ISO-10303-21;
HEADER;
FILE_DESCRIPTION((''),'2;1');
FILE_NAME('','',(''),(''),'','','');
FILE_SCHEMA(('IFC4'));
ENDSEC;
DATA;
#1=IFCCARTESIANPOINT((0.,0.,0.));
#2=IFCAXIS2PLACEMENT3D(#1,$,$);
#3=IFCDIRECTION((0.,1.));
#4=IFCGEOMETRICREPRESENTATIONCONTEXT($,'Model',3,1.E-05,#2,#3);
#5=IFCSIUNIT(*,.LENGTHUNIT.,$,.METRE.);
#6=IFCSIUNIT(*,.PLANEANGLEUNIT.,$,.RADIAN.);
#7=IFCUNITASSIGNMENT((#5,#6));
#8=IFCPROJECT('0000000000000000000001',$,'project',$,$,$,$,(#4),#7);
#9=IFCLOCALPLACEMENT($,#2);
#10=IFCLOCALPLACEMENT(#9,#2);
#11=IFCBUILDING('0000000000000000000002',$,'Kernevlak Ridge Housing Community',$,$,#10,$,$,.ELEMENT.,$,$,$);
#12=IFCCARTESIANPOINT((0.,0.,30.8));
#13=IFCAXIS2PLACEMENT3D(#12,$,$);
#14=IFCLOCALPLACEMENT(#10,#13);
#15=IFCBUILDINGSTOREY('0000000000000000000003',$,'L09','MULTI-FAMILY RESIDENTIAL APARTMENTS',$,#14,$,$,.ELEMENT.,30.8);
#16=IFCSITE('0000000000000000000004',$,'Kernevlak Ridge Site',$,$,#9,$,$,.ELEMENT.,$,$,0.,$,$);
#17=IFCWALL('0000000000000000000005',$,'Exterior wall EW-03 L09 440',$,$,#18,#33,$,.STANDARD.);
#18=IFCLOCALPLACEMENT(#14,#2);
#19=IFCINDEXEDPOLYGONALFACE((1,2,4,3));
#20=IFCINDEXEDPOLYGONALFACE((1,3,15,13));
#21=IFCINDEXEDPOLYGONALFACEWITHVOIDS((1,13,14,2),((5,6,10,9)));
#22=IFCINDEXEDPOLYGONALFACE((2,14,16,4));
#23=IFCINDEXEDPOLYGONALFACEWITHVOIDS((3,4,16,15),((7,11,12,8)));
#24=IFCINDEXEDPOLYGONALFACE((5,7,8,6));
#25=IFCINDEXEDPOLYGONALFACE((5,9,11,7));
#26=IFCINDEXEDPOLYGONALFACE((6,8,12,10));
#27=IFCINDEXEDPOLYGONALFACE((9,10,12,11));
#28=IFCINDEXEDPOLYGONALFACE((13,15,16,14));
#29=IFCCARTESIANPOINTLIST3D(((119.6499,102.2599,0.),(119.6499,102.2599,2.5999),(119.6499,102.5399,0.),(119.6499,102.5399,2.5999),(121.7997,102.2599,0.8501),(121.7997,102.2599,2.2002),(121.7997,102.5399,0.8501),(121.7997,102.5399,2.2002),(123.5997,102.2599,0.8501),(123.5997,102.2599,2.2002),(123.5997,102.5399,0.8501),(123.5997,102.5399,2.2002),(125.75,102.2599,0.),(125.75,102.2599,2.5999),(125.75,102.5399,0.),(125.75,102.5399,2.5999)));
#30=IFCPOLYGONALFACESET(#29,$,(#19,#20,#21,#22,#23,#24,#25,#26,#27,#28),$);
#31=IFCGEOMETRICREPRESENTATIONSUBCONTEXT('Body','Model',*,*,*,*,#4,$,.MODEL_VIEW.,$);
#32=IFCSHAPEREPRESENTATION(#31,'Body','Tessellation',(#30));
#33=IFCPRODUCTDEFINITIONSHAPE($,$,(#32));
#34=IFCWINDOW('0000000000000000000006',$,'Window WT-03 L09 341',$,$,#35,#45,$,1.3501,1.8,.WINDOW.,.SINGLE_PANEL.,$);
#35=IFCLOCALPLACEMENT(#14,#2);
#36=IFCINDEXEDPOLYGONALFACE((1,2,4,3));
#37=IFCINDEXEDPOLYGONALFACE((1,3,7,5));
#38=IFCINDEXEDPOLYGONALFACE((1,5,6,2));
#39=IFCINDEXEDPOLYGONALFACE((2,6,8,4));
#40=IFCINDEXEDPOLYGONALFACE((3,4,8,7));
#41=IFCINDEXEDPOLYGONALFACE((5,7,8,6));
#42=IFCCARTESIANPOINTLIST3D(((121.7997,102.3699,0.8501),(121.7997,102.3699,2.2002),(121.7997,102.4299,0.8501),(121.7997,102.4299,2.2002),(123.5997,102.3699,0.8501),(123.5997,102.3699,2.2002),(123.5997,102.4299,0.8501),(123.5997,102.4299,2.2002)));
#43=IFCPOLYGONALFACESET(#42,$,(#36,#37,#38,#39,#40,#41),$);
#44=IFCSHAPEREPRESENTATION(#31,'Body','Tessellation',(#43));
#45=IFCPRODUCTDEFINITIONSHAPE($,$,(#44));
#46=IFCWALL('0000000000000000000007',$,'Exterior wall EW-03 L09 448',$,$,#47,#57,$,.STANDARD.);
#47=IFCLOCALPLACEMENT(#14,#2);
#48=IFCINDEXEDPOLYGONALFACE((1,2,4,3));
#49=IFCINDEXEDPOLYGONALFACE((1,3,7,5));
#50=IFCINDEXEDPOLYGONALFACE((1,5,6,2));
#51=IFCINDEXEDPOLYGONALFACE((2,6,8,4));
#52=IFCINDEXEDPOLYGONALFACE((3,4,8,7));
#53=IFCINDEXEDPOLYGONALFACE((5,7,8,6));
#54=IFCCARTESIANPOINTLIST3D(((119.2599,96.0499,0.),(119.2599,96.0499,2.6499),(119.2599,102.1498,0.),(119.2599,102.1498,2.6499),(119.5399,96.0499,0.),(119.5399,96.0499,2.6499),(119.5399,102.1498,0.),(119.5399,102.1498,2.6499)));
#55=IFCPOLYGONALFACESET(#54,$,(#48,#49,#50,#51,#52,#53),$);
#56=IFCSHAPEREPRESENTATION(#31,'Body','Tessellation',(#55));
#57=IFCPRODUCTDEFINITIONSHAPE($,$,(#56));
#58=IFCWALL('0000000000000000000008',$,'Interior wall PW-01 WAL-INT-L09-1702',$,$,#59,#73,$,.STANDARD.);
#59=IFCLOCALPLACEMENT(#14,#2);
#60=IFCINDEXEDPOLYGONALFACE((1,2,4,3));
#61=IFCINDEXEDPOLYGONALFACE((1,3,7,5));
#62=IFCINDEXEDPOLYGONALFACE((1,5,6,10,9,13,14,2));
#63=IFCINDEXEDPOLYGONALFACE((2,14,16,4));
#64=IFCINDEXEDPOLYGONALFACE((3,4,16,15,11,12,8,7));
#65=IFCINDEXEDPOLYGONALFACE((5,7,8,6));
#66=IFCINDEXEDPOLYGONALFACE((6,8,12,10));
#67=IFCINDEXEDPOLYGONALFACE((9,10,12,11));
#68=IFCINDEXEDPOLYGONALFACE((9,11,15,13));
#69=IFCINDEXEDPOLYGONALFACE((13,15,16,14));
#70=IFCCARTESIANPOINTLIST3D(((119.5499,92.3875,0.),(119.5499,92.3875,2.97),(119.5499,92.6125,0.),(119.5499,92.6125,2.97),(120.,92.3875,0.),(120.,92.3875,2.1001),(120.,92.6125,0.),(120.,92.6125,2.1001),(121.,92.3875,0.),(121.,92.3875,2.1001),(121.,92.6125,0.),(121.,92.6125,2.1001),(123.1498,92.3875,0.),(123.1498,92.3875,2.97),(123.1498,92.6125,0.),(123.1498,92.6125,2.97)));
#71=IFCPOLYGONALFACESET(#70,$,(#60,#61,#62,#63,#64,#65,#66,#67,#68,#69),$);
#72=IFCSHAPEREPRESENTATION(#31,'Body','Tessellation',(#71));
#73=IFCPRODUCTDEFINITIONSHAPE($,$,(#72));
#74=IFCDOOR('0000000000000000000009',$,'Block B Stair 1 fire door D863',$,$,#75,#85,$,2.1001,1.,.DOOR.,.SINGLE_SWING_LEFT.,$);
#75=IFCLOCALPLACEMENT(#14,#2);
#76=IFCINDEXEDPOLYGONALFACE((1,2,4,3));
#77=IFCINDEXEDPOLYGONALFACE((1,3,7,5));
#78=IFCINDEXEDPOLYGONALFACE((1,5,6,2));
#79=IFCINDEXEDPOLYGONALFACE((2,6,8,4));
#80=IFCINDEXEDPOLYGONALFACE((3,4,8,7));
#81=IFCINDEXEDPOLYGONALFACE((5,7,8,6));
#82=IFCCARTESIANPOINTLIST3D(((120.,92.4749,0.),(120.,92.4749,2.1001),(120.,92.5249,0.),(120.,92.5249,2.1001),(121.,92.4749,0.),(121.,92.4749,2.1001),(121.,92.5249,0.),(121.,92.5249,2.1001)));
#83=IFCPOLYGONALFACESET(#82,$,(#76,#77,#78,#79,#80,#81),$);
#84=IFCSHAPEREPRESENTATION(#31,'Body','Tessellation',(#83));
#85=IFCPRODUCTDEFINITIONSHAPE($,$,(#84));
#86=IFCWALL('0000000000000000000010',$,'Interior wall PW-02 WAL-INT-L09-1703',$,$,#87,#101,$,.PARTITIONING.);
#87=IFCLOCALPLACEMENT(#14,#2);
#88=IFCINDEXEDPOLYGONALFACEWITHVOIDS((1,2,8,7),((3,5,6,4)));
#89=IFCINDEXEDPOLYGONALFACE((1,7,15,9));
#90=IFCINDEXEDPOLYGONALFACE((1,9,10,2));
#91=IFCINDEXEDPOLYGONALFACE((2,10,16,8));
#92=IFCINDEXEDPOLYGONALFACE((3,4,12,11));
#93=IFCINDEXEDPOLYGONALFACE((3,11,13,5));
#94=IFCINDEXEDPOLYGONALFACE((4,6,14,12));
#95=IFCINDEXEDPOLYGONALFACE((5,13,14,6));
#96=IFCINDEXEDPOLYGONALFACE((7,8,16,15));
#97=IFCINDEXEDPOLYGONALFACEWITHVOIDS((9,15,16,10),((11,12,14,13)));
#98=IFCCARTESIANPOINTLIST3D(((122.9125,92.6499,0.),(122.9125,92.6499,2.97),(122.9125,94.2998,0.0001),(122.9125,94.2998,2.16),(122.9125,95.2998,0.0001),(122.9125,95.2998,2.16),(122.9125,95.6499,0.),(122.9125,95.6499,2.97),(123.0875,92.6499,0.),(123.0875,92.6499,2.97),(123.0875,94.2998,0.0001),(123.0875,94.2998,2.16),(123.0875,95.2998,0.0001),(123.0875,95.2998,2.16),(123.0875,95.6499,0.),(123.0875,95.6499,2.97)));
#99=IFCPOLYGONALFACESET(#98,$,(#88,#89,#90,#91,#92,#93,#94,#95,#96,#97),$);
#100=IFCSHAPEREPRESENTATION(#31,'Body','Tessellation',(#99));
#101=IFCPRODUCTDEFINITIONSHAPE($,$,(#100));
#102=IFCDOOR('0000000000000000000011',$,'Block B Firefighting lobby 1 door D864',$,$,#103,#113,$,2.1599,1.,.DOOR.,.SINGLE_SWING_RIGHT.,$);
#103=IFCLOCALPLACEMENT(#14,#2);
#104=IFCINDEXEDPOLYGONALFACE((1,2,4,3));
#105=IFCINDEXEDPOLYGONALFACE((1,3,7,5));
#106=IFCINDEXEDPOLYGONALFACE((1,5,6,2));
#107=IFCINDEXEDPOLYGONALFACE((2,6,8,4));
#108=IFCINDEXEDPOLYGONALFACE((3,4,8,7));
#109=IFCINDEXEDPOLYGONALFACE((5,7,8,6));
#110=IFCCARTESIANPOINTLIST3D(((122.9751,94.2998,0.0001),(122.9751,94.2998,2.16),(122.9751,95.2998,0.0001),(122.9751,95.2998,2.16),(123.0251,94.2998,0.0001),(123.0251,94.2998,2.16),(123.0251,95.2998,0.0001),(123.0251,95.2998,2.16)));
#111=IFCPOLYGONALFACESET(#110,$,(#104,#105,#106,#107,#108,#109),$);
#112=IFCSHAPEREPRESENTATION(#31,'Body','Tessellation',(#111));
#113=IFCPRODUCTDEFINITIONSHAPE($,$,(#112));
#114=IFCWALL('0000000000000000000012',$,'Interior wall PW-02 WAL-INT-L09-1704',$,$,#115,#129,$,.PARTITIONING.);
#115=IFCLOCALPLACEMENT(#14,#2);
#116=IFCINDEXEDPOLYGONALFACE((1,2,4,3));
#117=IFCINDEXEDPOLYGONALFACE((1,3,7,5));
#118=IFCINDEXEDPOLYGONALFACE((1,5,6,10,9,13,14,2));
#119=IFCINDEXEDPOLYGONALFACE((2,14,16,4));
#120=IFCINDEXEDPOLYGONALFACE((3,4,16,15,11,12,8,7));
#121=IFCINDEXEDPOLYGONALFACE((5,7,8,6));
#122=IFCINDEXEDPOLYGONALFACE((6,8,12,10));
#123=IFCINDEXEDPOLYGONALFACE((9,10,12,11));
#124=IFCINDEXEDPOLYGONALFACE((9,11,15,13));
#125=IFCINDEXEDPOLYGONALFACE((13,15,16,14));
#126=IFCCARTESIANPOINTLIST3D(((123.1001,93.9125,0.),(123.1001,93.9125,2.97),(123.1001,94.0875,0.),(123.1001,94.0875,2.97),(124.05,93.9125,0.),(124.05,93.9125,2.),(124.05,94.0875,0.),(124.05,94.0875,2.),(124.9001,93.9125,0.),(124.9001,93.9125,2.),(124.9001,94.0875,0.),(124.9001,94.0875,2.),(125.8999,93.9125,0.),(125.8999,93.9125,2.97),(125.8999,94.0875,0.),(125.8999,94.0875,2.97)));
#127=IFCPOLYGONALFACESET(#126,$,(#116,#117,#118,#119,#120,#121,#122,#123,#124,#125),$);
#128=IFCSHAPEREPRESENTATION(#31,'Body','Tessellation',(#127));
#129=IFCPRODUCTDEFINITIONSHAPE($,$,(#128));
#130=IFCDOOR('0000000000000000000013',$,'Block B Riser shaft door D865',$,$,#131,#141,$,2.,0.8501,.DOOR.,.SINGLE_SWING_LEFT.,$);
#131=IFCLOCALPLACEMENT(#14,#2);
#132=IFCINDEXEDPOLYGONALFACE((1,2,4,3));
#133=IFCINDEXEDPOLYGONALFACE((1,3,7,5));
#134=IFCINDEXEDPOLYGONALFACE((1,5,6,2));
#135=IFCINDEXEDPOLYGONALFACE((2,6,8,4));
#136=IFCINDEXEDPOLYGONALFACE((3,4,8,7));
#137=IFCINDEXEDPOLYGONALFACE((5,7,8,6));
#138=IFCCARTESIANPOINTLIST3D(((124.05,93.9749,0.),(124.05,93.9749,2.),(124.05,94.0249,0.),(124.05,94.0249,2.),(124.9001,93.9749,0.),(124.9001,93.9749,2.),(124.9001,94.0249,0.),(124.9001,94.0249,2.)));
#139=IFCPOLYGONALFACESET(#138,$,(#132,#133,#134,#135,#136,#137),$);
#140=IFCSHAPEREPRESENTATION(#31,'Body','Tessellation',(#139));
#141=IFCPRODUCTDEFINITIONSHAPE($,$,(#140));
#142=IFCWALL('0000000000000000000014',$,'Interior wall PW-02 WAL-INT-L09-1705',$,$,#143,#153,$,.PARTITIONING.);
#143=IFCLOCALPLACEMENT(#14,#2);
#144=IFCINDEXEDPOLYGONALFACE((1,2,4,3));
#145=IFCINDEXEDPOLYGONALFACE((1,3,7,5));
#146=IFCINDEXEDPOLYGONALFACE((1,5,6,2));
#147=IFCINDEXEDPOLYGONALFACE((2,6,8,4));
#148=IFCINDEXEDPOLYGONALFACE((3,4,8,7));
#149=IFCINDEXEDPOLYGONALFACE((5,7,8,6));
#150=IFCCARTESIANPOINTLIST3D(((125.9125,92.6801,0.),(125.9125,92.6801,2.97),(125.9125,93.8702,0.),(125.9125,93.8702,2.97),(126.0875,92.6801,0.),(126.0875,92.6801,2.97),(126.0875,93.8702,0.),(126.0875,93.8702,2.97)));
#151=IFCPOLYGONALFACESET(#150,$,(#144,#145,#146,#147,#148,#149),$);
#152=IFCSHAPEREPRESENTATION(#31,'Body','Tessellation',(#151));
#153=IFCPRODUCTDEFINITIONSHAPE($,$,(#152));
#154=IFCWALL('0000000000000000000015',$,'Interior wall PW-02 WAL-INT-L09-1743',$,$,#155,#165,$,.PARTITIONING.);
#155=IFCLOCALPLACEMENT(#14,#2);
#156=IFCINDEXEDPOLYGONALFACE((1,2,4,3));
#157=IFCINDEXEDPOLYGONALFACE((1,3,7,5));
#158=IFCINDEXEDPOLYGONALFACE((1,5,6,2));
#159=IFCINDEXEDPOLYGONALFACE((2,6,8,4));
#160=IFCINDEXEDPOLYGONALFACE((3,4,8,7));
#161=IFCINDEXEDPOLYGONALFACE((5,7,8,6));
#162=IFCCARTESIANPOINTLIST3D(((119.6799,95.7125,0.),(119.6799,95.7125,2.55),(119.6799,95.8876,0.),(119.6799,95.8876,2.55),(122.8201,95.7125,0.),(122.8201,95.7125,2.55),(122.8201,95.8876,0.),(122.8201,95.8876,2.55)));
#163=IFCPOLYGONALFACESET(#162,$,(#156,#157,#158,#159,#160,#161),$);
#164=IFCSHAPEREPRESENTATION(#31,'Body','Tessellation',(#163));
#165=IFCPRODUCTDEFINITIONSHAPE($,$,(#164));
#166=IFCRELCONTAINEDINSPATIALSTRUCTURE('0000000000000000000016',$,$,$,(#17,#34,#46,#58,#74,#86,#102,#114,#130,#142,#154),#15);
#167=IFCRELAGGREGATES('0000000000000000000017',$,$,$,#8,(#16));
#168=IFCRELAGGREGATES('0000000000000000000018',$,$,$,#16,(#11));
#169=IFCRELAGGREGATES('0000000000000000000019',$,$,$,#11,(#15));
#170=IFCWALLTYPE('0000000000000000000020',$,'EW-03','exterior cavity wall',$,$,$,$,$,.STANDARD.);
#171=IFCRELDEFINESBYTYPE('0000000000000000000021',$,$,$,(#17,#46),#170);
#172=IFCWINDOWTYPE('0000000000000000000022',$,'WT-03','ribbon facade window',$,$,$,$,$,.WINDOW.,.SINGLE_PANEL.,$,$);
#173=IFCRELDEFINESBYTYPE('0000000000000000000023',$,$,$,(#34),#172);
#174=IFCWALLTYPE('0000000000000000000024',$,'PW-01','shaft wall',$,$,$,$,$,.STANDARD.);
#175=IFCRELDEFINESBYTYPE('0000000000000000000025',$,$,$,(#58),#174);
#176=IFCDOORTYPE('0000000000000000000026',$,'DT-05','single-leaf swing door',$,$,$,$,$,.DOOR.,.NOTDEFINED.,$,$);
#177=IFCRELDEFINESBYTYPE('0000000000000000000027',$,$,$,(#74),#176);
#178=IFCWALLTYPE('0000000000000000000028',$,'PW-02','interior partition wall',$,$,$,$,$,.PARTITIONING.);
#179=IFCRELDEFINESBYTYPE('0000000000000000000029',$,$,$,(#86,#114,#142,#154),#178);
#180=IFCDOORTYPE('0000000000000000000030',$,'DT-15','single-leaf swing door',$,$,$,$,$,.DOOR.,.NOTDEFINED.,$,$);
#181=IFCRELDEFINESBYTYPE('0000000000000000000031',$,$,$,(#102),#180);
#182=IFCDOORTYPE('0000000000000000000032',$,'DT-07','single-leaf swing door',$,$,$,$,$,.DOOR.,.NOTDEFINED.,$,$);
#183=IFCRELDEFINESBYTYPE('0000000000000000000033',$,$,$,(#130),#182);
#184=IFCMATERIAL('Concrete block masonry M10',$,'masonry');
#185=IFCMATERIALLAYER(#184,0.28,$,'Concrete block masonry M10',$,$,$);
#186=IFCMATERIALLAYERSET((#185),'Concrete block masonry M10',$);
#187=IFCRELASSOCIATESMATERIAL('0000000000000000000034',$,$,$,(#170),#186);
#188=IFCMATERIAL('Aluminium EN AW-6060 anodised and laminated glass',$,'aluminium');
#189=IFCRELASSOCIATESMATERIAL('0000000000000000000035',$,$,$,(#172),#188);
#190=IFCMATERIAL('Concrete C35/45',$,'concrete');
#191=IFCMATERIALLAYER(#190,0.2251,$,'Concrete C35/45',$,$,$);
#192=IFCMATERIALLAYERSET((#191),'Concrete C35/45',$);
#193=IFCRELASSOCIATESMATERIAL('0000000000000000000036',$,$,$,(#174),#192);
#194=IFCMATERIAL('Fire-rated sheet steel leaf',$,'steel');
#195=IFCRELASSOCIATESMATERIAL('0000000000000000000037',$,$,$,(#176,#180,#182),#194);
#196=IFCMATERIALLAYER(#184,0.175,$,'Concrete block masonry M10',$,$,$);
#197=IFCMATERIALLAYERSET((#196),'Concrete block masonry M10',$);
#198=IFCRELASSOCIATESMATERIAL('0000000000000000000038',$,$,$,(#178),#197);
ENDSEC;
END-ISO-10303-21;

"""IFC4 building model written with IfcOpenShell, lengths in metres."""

from ifc_helpers import new_model, si_unit, direction, frame, frame_2d, origin, place, context, subcontext, project, spatial, rectangle, extrude, material, layer, layer_set, type_object, element, fill, save


model = new_model("IFC4")

# Units and contexts
model_context = context("Model", 3, precision=1e-05, world=origin(), true_north=direction((0.0, 1.0)))
body_context = subcontext(model_context, "Body", "Model", "MODEL_VIEW")
ifc_project = project(units=[si_unit("LENGTHUNIT", "METRE"), si_unit("PLANEANGLEUNIT", "RADIAN")], contexts=[model_context])

# Site, building, storey
site_placement = place(None, origin())
site = spatial("IfcSite", under=ifc_project, at=site_placement, Name="Kernevlak Ridge Site", CompositionType="ELEMENT", RefElevation=0.0)
building_placement = place(site_placement, origin())
building = spatial("IfcBuilding", under=site, at=building_placement, Name="Kernevlak Ridge Housing Community", CompositionType="ELEMENT")
storey_placement = place(building_placement, frame((0.0, 0.0, 30.8)))
storey = spatial("IfcBuildingStorey", under=building, at=storey_placement, Name="L09", Description="MULTI-FAMILY RESIDENTIAL APARTMENTS", CompositionType="ELEMENT", Elevation=30.8)

# Shared definitions
ifc_material_1 = material(Name="Concrete C35/45", Category="concrete")

# Shared definitions
ifc_material_2 = material(Name="Aluminium EN AW-6060 anodised and laminated glass", Category="aluminium")

# Wall, opening, window
ifc_material_3 = material(Name="Concrete block masonry M10", Category="masonry")
ifc_layer_1 = layer(ifc_material_3, 0.28, Name="Concrete block masonry M10")
ifc_layer_set_1 = layer_set([ifc_layer_1], Name="Concrete block masonry M10")
wall_type_1 = type_object("IfcWallType", Name="EW-03", Description="exterior cavity wall", PredefinedType="STANDARD", material=ifc_layer_set_1)
wall_1_placement = place(storey_placement, frame((119.6499, 102.3999, 0.0), z_axis=(0.0, 0.0, 1.0), x_axis=(1.0, 0.0, 0.0)))
wall_1 = element("IfcWall", 1, at=wall_1_placement, inside=storey, type_object=wall_type_1, Name="Exterior wall EW-03 L09 440", PredefinedType="STANDARD", context=body_context, shape_type="SweptSolid", body=[
    extrude(rectangle(XDim=6.1001, YDim=0.28, at=frame_2d((3.05, 0.0))), origin(), (0.0, 0.0, 1.0), 2.5999),
])
opening_1_placement = place(wall_1_placement, frame((2.1499, 0.0, 0.8501)))
opening_1 = element("IfcOpeningElement", 2, at=opening_1_placement, cuts=wall_1, PredefinedType="OPENING", context=body_context, shape_type="SweptSolid", body=[
    extrude(rectangle(XDim=1.8, YDim=1.3501, at=frame_2d((0.8999, 0.675))), frame((0.0, 0.1499, 0.0), z_axis=(0.0, -1.0, 0.0), x_axis=(1.0, 0.0, 0.0)), (0.0, 0.0, 1.0), 0.3),
])
window_type = type_object("IfcWindowType", Name="WT-03", Description="ribbon facade window", PartitioningType="SINGLE_PANEL", PredefinedType="WINDOW", material=ifc_material_2)
window_placement = place(opening_1_placement, origin())
window = element("IfcWindow", 3, at=window_placement, inside=storey, type_object=window_type, Name="Window WT-03 L09 341", OverallHeight=1.3501, OverallWidth=1.8, PartitioningType="SINGLE_PANEL", PredefinedType="WINDOW", context=body_context, shape_type="SweptSolid", body=[
    extrude(rectangle(XDim=1.8, YDim=1.3501, at=frame_2d((0.8999, 0.675))), frame((0.0, 0.03, 0.0), z_axis=(0.0, -1.0, 0.0), x_axis=(1.0, 0.0, 0.0)), (0.0, 0.0, 1.0), 0.0601),
])
fill(opening_1, window)

# Wall
wall_2_placement = place(storey_placement, frame((119.3999, 96.05, 0.0), z_axis=(0.0, 0.0, 1.0), x_axis=(0.0, 1.0, 0.0)))
element("IfcWall", 4, at=wall_2_placement, inside=storey, type_object=wall_type_1, Name="Exterior wall EW-03 L09 448", PredefinedType="STANDARD", context=body_context, shape_type="SweptSolid", body=[
    extrude(rectangle(XDim=6.0999, YDim=0.28, at=frame_2d((3.0498, 0.0))), origin(), (0.0, 0.0, 1.0), 2.6499),
])

# Walls, openings, doors
ifc_layer_2 = layer(ifc_material_1, 0.2251, Name="Concrete C35/45")
ifc_layer_set_2 = layer_set([ifc_layer_2], Name="Concrete C35/45")
wall_type_2 = type_object("IfcWallType", Name="PW-01", Description="shaft wall", PredefinedType="STANDARD", material=ifc_layer_set_2)
wall_3_placement = place(storey_placement, frame((119.55, 92.5, 0.0), z_axis=(0.0, 0.0, 1.0), x_axis=(1.0, 0.0, 0.0)))
wall_3 = element("IfcWall", 5, at=wall_3_placement, inside=storey, type_object=wall_type_2, Name="Interior wall PW-01 WAL-INT-L09-1702", PredefinedType="STANDARD", context=body_context, shape_type="SweptSolid", body=[
    extrude(rectangle(XDim=3.5999, YDim=0.2251, at=frame_2d((1.7998, 0.0))), origin(), (0.0, 0.0, 1.0), 2.97),
])
opening_2_placement = place(wall_3_placement, frame((0.45, 0.0, 0.0)))
opening_2 = element("IfcOpeningElement", 6, at=opening_2_placement, cuts=wall_3, PredefinedType="OPENING", context=body_context, shape_type="SweptSolid", body=[
    extrude(rectangle(XDim=1.0, YDim=2.1001, at=frame_2d((0.5, 1.05))), frame((0.0, 0.1226, 0.0), z_axis=(0.0, -1.0, 0.0), x_axis=(1.0, 0.0, 0.0)), (0.0, 0.0, 1.0), 0.2451),
])
ifc_material_4 = material(Name="Fire-rated sheet steel leaf", Category="steel")
door_type_1 = type_object("IfcDoorType", Name="DT-05", Description="single-leaf swing door", OperationType="NOTDEFINED", PredefinedType="DOOR", material=ifc_material_4)
door_1_placement = place(opening_2_placement, origin())
door_1 = element("IfcDoor", 7, at=door_1_placement, inside=storey, type_object=door_type_1, Name="Block B Stair 1 fire door D863", OperationType="SINGLE_SWING_LEFT", OverallHeight=2.1001, OverallWidth=1.0, PredefinedType="DOOR", context=body_context, shape_type="SweptSolid", body=[
    extrude(rectangle(XDim=1.0, YDim=2.1001, at=frame_2d((0.5, 1.05))), frame((0.0, 0.0249, 0.0), z_axis=(0.0, -1.0, 0.0), x_axis=(1.0, 0.0, 0.0)), (0.0, 0.0, 1.0), 0.05),
])
fill(opening_2, door_1)
ifc_layer_3 = layer(ifc_material_3, 0.175, Name="Concrete block masonry M10")
ifc_layer_set_3 = layer_set([ifc_layer_3], Name="Concrete block masonry M10")
wall_type_3 = type_object("IfcWallType", Name="PW-02", Description="interior partition wall", PredefinedType="PARTITIONING", material=ifc_layer_set_3)
wall_4_placement = place(storey_placement, frame((123.0, 92.6499, 0.0), z_axis=(0.0, 0.0, 1.0), x_axis=(0.0, 1.0, 0.0)))
wall_4 = element("IfcWall", 8, at=wall_4_placement, inside=storey, type_object=wall_type_3, Name="Interior wall PW-02 WAL-INT-L09-1703", PredefinedType="PARTITIONING", context=body_context, shape_type="SweptSolid", body=[
    extrude(rectangle(XDim=3.0, YDim=0.175, at=frame_2d((1.5, 0.0))), origin(), (0.0, 0.0, 1.0), 2.97),
])
opening_3_placement = place(wall_4_placement, frame((1.6499, 0.0, 0.0)))
opening_3 = element("IfcOpeningElement", 9, at=opening_3_placement, cuts=wall_4, PredefinedType="OPENING", context=body_context, shape_type="SweptSolid", body=[
    extrude(rectangle(XDim=1.0, YDim=2.1599, at=frame_2d((0.5, 1.0801))), frame((0.0, 0.0974, 0.0), z_axis=(0.0, -1.0, 0.0), x_axis=(1.0, 0.0, 0.0)), (0.0, 0.0, 1.0), 0.1951),
])
door_type_2 = type_object("IfcDoorType", Name="DT-15", Description="single-leaf swing door", OperationType="NOTDEFINED", PredefinedType="DOOR", material=ifc_material_4)
door_2_placement = place(opening_3_placement, origin())
door_2 = element("IfcDoor", 10, at=door_2_placement, inside=storey, type_object=door_type_2, Name="Block B Firefighting lobby 1 door D864", OperationType="SINGLE_SWING_RIGHT", OverallHeight=2.1599, OverallWidth=1.0, PredefinedType="DOOR", context=body_context, shape_type="SweptSolid", body=[
    extrude(rectangle(XDim=1.0, YDim=2.1599, at=frame_2d((0.5, 1.0801))), frame((0.0, 0.0249, 0.0), z_axis=(0.0, -1.0, 0.0), x_axis=(1.0, 0.0, 0.0)), (0.0, 0.0, 1.0), 0.05),
])
fill(opening_3, door_2)
wall_5_placement = place(storey_placement, frame((123.1001, 94.0, 0.0), z_axis=(0.0, 0.0, 1.0), x_axis=(1.0, 0.0, 0.0)))
wall_5 = element("IfcWall", 11, at=wall_5_placement, inside=storey, type_object=wall_type_3, Name="Interior wall PW-02 WAL-INT-L09-1704", PredefinedType="PARTITIONING", context=body_context, shape_type="SweptSolid", body=[
    extrude(rectangle(XDim=2.7998, YDim=0.175, at=frame_2d((1.3999, 0.0))), origin(), (0.0, 0.0, 1.0), 2.97),
])
opening_4_placement = place(wall_5_placement, frame((0.95, 0.0, 0.0)))
opening_4 = element("IfcOpeningElement", 12, at=opening_4_placement, cuts=wall_5, PredefinedType="OPENING", context=body_context, shape_type="SweptSolid", body=[
    extrude(rectangle(XDim=0.8501, YDim=2.0, at=frame_2d((0.425, 1.0))), frame((0.0, 0.0974, 0.0), z_axis=(0.0, -1.0, 0.0), x_axis=(1.0, 0.0, 0.0)), (0.0, 0.0, 1.0), 0.1951),
])
door_type_3 = type_object("IfcDoorType", Name="DT-07", Description="single-leaf swing door", OperationType="NOTDEFINED", PredefinedType="DOOR", material=ifc_material_4)
door_3_placement = place(opening_4_placement, origin())
door_3 = element("IfcDoor", 13, at=door_3_placement, inside=storey, type_object=door_type_3, Name="Block B Riser shaft door D865", OperationType="SINGLE_SWING_LEFT", OverallHeight=2.0, OverallWidth=0.8501, PredefinedType="DOOR", context=body_context, shape_type="SweptSolid", body=[
    extrude(rectangle(XDim=0.8501, YDim=2.0, at=frame_2d((0.425, 1.0))), frame((0.0, 0.0249, 0.0), z_axis=(0.0, -1.0, 0.0), x_axis=(1.0, 0.0, 0.0)), (0.0, 0.0, 1.0), 0.05),
])
fill(opening_4, door_3)

# Walls
wall_6_placement = place(storey_placement, frame((126.0, 92.6799, 0.0), z_axis=(0.0, 0.0, 1.0), x_axis=(0.0, 1.0, 0.0)))
element("IfcWall", 14, at=wall_6_placement, inside=storey, type_object=wall_type_3, Name="Interior wall PW-02 WAL-INT-L09-1705", PredefinedType="PARTITIONING", context=body_context, shape_type="SweptSolid", body=[
    extrude(rectangle(XDim=1.1902, YDim=0.175, at=frame_2d((0.5952, 0.0))), origin(), (0.0, 0.0, 1.0), 2.97),
])
wall_7_placement = place(storey_placement, frame((119.6799, 95.8, 0.0), z_axis=(0.0, 0.0, 1.0), x_axis=(1.0, 0.0, 0.0)))
element("IfcWall", 15, at=wall_7_placement, inside=storey, type_object=wall_type_3, Name="Interior wall PW-02 WAL-INT-L09-1743", PredefinedType="PARTITIONING", context=body_context, shape_type="SweptSolid", body=[
    extrude(rectangle(XDim=3.1401, YDim=0.175, at=frame_2d((1.5701, 0.0))), origin(), (0.0, 0.0, 1.0), 2.55),
])

save(model, "model.ifc")
